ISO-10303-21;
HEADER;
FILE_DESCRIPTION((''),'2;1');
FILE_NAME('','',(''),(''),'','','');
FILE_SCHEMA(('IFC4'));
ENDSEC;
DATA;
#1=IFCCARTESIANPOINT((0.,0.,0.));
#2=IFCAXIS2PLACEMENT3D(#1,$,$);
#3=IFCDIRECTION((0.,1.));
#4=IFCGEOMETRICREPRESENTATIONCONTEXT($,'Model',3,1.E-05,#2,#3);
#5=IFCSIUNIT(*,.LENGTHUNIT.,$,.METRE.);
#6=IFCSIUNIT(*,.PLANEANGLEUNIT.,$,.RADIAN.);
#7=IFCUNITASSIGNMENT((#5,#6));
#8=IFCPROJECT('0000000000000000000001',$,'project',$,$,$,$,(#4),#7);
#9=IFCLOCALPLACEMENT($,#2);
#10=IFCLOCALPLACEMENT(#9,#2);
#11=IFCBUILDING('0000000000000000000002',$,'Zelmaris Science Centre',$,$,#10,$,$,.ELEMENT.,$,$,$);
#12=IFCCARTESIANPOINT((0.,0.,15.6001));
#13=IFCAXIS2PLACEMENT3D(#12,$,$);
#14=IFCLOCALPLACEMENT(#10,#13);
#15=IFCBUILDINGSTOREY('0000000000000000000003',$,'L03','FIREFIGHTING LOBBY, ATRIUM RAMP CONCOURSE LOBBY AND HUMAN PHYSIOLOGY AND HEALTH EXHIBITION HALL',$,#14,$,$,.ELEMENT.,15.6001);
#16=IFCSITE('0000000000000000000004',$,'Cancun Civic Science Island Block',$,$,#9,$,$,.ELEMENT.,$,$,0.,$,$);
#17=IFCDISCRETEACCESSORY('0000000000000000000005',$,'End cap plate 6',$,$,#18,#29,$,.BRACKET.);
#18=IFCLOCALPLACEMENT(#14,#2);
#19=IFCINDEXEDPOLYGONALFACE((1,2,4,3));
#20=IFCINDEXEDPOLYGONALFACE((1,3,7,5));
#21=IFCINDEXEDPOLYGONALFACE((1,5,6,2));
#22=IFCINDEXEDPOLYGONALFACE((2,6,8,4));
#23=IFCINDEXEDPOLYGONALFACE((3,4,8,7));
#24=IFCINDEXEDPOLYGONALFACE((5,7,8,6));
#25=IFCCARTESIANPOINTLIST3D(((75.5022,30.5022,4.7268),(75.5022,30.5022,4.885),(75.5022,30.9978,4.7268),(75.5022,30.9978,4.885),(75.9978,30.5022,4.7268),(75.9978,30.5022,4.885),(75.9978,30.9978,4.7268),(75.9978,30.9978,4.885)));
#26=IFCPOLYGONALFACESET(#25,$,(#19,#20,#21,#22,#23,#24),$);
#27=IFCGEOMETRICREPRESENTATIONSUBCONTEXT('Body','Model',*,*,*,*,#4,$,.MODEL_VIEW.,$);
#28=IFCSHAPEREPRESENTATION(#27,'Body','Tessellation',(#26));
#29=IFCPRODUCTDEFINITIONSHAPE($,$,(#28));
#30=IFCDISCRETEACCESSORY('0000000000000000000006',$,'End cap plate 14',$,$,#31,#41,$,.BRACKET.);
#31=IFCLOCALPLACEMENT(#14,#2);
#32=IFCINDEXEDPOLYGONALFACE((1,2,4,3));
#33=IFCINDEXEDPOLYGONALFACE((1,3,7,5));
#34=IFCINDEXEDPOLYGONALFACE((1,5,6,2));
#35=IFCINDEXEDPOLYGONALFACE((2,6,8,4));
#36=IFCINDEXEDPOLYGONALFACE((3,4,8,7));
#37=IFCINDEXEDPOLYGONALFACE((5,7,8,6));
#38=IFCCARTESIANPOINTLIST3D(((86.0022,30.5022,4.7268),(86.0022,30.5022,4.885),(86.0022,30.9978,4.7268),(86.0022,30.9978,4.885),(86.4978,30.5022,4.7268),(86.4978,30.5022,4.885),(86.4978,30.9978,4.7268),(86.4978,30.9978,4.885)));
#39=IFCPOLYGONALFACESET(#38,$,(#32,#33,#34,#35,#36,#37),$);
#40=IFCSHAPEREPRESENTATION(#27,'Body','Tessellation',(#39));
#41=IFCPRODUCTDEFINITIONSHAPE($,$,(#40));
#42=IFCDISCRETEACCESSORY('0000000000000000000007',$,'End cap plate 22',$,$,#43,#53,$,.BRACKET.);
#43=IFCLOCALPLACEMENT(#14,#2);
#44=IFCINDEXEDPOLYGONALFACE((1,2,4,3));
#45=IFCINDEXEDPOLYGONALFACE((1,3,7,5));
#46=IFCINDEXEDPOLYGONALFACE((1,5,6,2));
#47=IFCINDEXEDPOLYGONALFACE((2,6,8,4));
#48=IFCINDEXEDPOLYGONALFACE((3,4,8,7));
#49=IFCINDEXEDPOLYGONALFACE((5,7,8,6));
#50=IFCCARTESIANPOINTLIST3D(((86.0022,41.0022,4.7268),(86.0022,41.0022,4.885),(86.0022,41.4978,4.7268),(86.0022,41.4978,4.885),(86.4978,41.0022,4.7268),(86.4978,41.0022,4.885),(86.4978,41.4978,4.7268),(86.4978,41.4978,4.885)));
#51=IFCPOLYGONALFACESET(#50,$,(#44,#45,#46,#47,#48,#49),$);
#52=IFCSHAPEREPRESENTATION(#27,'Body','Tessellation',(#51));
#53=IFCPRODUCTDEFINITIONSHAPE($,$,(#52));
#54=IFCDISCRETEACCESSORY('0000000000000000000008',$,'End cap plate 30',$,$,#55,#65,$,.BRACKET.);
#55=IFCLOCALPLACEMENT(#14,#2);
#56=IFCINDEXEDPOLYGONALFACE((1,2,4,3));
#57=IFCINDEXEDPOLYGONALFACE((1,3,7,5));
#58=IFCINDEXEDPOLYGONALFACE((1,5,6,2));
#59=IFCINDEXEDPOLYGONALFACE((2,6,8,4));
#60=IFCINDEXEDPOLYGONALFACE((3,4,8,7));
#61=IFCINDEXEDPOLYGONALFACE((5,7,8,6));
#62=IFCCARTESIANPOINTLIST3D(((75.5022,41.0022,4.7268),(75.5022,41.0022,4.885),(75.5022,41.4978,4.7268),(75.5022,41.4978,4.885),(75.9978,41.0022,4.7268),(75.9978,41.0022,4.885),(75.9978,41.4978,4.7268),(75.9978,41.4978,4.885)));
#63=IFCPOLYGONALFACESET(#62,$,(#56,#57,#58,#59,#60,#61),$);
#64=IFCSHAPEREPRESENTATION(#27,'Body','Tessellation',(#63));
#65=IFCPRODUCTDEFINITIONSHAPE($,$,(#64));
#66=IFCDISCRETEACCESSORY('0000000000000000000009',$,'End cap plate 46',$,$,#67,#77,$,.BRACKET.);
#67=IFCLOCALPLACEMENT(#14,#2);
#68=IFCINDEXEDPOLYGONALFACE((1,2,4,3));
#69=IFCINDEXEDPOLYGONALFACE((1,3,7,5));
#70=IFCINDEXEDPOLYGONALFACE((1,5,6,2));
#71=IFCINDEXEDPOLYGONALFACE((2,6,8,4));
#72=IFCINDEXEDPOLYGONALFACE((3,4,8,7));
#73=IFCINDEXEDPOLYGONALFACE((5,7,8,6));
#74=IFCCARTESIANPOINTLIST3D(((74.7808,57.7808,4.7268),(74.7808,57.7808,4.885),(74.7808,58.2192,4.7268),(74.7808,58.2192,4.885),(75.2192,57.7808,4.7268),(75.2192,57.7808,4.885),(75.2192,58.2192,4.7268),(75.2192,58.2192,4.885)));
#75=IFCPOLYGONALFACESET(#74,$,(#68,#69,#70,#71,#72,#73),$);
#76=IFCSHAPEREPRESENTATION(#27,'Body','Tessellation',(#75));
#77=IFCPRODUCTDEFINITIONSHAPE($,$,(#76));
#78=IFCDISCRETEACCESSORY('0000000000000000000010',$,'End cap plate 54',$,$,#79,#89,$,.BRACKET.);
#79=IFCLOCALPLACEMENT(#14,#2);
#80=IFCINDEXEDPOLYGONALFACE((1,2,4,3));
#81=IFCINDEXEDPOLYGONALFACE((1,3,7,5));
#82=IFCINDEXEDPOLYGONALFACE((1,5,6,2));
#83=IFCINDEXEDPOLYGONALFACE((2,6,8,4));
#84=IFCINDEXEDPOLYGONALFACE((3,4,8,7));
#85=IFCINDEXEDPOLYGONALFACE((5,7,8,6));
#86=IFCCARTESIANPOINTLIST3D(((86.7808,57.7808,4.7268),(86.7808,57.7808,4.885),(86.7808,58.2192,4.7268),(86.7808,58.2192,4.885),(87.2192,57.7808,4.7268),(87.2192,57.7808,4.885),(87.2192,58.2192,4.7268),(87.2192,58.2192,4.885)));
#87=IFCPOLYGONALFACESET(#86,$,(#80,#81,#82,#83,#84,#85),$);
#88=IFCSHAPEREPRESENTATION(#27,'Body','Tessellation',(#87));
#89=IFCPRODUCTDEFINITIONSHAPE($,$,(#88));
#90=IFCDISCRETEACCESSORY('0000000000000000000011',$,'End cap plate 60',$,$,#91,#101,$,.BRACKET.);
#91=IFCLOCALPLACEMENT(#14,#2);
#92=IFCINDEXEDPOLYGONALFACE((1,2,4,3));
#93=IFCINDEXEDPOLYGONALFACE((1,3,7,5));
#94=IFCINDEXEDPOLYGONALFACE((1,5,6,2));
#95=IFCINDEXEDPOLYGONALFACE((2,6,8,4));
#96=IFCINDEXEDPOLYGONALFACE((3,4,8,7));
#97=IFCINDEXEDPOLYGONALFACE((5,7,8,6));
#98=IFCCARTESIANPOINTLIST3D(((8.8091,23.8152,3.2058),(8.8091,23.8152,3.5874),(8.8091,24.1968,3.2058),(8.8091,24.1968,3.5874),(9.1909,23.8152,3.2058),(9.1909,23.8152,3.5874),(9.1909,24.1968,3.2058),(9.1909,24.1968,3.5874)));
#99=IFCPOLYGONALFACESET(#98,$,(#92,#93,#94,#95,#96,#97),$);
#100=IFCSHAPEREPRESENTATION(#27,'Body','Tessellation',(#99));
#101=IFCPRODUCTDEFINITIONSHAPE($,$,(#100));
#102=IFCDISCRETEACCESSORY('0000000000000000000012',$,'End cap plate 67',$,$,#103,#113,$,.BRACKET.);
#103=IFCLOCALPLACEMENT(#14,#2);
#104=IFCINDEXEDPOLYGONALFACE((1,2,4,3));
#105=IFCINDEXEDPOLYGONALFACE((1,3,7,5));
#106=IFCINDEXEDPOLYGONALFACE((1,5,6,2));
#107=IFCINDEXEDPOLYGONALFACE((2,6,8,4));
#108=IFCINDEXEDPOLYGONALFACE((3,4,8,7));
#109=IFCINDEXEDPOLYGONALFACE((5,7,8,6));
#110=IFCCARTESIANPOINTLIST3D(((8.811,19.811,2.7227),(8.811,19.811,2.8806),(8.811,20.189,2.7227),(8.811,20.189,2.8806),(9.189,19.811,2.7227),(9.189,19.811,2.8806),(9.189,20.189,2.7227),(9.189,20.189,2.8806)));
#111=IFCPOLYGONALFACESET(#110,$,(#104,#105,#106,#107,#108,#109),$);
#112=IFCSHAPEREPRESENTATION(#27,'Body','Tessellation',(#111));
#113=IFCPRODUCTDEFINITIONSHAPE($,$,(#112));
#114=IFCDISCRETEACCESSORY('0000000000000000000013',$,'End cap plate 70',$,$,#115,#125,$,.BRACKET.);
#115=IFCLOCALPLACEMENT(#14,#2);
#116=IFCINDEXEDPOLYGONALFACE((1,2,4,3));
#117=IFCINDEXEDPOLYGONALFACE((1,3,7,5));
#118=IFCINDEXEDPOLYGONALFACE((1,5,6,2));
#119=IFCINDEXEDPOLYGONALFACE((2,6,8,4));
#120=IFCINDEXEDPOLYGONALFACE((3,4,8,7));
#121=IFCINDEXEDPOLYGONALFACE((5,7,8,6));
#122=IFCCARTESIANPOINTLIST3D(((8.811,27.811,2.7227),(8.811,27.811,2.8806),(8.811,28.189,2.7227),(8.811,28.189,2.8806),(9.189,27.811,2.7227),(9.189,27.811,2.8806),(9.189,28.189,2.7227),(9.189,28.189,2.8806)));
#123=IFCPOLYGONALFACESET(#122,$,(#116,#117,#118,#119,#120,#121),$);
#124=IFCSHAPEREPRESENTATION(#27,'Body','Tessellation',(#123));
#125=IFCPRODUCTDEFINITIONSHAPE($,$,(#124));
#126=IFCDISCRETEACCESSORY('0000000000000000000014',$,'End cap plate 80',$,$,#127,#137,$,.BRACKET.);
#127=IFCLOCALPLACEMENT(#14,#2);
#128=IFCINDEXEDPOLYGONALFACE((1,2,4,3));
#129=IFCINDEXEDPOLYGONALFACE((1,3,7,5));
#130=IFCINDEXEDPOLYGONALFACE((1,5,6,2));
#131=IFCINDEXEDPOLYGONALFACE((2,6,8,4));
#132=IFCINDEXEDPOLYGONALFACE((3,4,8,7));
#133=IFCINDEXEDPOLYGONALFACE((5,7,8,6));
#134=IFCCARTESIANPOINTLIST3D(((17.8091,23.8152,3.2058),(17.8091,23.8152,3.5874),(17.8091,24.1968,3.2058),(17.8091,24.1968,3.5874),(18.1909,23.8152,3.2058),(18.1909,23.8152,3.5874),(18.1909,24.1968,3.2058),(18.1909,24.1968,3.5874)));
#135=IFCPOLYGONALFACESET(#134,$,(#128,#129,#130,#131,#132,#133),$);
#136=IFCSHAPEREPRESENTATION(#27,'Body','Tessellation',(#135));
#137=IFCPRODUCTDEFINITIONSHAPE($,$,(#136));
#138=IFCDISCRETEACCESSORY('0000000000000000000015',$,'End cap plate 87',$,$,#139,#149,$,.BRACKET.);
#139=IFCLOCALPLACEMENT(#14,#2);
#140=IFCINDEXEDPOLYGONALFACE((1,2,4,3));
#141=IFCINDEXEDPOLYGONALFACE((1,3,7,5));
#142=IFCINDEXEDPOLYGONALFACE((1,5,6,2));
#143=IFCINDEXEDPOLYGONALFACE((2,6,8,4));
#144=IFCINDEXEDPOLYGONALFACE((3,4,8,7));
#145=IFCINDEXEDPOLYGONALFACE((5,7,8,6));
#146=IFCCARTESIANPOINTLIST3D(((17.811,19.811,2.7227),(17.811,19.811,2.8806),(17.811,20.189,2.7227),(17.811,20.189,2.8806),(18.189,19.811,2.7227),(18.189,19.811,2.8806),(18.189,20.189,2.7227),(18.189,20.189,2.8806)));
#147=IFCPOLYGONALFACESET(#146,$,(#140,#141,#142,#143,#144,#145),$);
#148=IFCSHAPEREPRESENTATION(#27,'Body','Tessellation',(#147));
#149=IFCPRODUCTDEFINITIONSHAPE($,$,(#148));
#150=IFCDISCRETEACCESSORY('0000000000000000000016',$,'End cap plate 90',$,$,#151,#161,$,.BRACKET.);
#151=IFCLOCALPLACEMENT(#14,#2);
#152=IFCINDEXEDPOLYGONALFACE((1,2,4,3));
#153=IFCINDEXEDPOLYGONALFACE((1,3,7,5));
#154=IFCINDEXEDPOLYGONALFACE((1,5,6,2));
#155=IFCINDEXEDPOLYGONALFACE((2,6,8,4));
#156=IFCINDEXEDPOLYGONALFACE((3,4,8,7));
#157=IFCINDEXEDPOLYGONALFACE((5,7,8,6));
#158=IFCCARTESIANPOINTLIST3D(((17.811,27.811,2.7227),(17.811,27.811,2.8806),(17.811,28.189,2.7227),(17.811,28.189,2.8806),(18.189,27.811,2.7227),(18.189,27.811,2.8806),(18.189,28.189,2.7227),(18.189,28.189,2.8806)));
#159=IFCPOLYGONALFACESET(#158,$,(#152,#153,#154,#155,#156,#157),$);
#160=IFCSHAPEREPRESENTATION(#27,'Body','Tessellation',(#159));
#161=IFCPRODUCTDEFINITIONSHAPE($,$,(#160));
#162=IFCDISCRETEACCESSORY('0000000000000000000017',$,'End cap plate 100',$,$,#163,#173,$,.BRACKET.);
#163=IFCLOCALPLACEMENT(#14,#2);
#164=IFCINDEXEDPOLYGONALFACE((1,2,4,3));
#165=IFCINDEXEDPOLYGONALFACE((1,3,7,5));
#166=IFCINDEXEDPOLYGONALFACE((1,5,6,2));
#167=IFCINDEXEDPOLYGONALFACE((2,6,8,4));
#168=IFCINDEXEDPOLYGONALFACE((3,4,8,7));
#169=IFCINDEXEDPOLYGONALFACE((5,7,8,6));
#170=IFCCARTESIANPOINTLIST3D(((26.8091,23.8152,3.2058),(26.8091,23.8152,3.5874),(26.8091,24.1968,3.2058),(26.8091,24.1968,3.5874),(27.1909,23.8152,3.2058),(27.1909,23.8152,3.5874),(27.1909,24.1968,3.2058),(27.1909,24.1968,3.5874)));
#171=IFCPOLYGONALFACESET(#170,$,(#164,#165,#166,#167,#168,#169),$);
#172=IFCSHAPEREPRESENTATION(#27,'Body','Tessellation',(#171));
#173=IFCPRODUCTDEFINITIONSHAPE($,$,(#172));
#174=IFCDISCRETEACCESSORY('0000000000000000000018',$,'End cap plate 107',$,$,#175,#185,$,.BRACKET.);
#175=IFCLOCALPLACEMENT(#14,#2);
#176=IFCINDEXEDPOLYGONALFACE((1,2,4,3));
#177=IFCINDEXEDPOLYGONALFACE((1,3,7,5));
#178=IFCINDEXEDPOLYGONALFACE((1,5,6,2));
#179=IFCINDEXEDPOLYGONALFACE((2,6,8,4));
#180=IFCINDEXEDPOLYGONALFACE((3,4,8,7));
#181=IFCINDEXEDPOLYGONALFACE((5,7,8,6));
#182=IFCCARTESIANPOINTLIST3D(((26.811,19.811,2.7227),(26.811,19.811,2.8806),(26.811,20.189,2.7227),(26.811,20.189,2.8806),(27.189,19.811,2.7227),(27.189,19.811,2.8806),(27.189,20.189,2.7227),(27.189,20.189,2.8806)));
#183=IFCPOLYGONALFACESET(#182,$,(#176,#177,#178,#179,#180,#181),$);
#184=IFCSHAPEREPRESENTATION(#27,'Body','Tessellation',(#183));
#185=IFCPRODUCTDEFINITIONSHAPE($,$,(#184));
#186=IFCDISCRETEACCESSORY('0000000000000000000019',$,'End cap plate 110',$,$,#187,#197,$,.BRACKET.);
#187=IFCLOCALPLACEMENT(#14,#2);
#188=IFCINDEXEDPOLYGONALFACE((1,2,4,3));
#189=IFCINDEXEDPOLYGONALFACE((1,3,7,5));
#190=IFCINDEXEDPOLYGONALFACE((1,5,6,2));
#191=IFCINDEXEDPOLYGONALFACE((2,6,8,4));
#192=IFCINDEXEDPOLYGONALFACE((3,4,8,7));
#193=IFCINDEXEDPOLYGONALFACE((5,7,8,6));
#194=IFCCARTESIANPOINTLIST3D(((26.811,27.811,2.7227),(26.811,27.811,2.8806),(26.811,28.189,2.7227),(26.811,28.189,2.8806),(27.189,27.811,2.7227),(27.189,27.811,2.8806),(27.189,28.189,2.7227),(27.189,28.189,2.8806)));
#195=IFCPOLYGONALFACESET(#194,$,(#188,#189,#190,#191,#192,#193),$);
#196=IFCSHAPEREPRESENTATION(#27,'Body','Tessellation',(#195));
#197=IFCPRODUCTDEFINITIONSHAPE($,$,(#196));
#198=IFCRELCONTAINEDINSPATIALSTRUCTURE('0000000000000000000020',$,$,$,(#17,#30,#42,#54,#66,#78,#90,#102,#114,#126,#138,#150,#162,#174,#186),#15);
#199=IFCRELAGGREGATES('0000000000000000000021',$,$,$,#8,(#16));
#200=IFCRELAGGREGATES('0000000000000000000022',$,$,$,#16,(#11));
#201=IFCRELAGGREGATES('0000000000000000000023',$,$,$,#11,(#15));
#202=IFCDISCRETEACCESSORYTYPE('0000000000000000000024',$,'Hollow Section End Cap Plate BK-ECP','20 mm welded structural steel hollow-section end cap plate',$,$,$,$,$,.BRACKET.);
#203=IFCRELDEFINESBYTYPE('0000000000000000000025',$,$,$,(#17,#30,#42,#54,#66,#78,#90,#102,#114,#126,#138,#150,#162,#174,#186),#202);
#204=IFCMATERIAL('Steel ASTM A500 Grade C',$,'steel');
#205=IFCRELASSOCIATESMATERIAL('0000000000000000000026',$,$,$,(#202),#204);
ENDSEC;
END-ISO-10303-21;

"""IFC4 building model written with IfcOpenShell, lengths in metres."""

from ifc_helpers import new_model, si_unit, direction, frame, origin, place, context, subcontext, project, spatial, polyline, outline, extrude, material, type_object, element, save


model = new_model("IFC4")

# Units and contexts
model_context = context("Model", 3, precision=1e-05, world=origin(), true_north=direction((0.0, 1.0)))
body_context = subcontext(model_context, "Body", "Model", "MODEL_VIEW")
ifc_project = project(units=[si_unit("LENGTHUNIT", "METRE"), si_unit("PLANEANGLEUNIT", "RADIAN")], contexts=[model_context])

# Site, building, storey
site_placement = place(None, origin())
site = spatial("IfcSite", under=ifc_project, at=site_placement, Name="Cancun Civic Science Island Block", CompositionType="ELEMENT", RefElevation=0.0)
building_placement = place(site_placement, origin())
building = spatial("IfcBuilding", under=site, at=building_placement, Name="Zelmaris Science Centre", CompositionType="ELEMENT")
storey_placement = place(building_placement, frame((0.0, 0.0, 15.6001)))
storey = spatial("IfcBuildingStorey", under=building, at=storey_placement, Name="L03", Description="FIREFIGHTING LOBBY, ATRIUM RAMP CONCOURSE LOBBY AND HUMAN PHYSIOLOGY AND HEALTH EXHIBITION HALL", CompositionType="ELEMENT", Elevation=15.6001)

# Discrete accessories
ifc_material = material(Name="Steel ASTM A500 Grade C", Category="steel")
discrete_accessory_type = type_object("IfcDiscreteAccessoryType", Name="Hollow Section End Cap Plate BK-ECP", Description="20 mm welded structural steel hollow-section end cap plate", PredefinedType="BRACKET", material=ifc_material)
discrete_accessory_1_placement = place(storey_placement, frame((0.0, 0.0, 4.7268)))
element("IfcDiscreteAccessory", 1, at=discrete_accessory_1_placement, inside=storey, type_object=discrete_accessory_type, Name="End cap plate 6", PredefinedType="BRACKET", context=body_context, shape_type="SweptSolid", body=[
    extrude(outline(polyline([(75.5022, 30.5022), (75.9978, 30.5022), (75.9978, 30.9978), (75.5022, 30.9978), (75.5022, 30.5022)])), origin(), (0.0, 0.0, 1.0), 0.1582),
])
discrete_accessory_2_placement = place(storey_placement, frame((0.0, 0.0, 4.7268)))
element("IfcDiscreteAccessory", 2, at=discrete_accessory_2_placement, inside=storey, type_object=discrete_accessory_type, Name="End cap plate 14", PredefinedType="BRACKET", context=body_context, shape_type="SweptSolid", body=[
    extrude(outline(polyline([(86.0022, 30.5022), (86.4978, 30.5022), (86.4978, 30.9978), (86.0022, 30.9978), (86.0022, 30.5022)])), origin(), (0.0, 0.0, 1.0), 0.1582),
])
discrete_accessory_3_placement = place(storey_placement, frame((0.0, 0.0, 4.7268)))
element("IfcDiscreteAccessory", 3, at=discrete_accessory_3_placement, inside=storey, type_object=discrete_accessory_type, Name="End cap plate 22", PredefinedType="BRACKET", context=body_context, shape_type="SweptSolid", body=[
    extrude(outline(polyline([(86.0022, 41.0022), (86.4978, 41.0022), (86.4978, 41.4978), (86.0022, 41.4978), (86.0022, 41.0022)])), origin(), (0.0, 0.0, 1.0), 0.1582),
])
discrete_accessory_4_placement = place(storey_placement, frame((0.0, 0.0, 4.7268)))
element("IfcDiscreteAccessory", 4, at=discrete_accessory_4_placement, inside=storey, type_object=discrete_accessory_type, Name="End cap plate 30", PredefinedType="BRACKET", context=body_context, shape_type="SweptSolid", body=[
    extrude(outline(polyline([(75.5022, 41.0022), (75.9978, 41.0022), (75.9978, 41.4978), (75.5022, 41.4978), (75.5022, 41.0022)])), origin(), (0.0, 0.0, 1.0), 0.1582),
])
discrete_accessory_5_placement = place(storey_placement, frame((0.0, 0.0, 4.7268)))
element("IfcDiscreteAccessory", 5, at=discrete_accessory_5_placement, inside=storey, type_object=discrete_accessory_type, Name="End cap plate 46", PredefinedType="BRACKET", context=body_context, shape_type="SweptSolid", body=[
    extrude(outline(polyline([(74.7808, 57.7808), (75.2192, 57.7808), (75.2192, 58.2192), (74.7808, 58.2192), (74.7808, 57.7808)])), origin(), (0.0, 0.0, 1.0), 0.1582),
])
discrete_accessory_6_placement = place(storey_placement, frame((0.0, 0.0, 4.7268)))
element("IfcDiscreteAccessory", 6, at=discrete_accessory_6_placement, inside=storey, type_object=discrete_accessory_type, Name="End cap plate 54", PredefinedType="BRACKET", context=body_context, shape_type="SweptSolid", body=[
    extrude(outline(polyline([(86.7808, 57.7808), (87.2192, 57.7808), (87.2192, 58.2192), (86.7808, 58.2192), (86.7808, 57.7808)])), origin(), (0.0, 0.0, 1.0), 0.1582),
])
discrete_accessory_7_placement = place(storey_placement, frame((0.0, 0.0, 3.2058)))
element("IfcDiscreteAccessory", 7, at=discrete_accessory_7_placement, inside=storey, type_object=discrete_accessory_type, Name="End cap plate 60", PredefinedType="BRACKET", context=body_context, shape_type="SweptSolid", body=[
    extrude(outline(polyline([(8.8091, 23.8152), (9.1909, 23.8152), (9.1909, 24.1968), (8.8091, 24.1968), (8.8091, 23.8152)])), origin(), (0.0, 0.0, 1.0), 0.3816),
])
discrete_accessory_8_placement = place(storey_placement, frame((0.0, 0.0, 2.7227)))
element("IfcDiscreteAccessory", 8, at=discrete_accessory_8_placement, inside=storey, type_object=discrete_accessory_type, Name="End cap plate 67", PredefinedType="BRACKET", context=body_context, shape_type="SweptSolid", body=[
    extrude(outline(polyline([(8.811, 19.811), (9.189, 19.811), (9.189, 20.189), (8.811, 20.189), (8.811, 19.811)])), origin(), (0.0, 0.0, 1.0), 0.158),
])
discrete_accessory_9_placement = place(storey_placement, frame((0.0, 0.0, 2.7227)))
element("IfcDiscreteAccessory", 9, at=discrete_accessory_9_placement, inside=storey, type_object=discrete_accessory_type, Name="End cap plate 70", PredefinedType="BRACKET", context=body_context, shape_type="SweptSolid", body=[
    extrude(outline(polyline([(8.811, 27.811), (9.189, 27.811), (9.189, 28.189), (8.811, 28.189), (8.811, 27.811)])), origin(), (0.0, 0.0, 1.0), 0.158),
])
discrete_accessory_10_placement = place(storey_placement, frame((0.0, 0.0, 3.2058)))
element("IfcDiscreteAccessory", 10, at=discrete_accessory_10_placement, inside=storey, type_object=discrete_accessory_type, Name="End cap plate 80", PredefinedType="BRACKET", context=body_context, shape_type="SweptSolid", body=[
    extrude(outline(polyline([(17.8091, 23.8152), (18.1909, 23.8152), (18.1909, 24.1968), (17.8091, 24.1968), (17.8091, 23.8152)])), origin(), (0.0, 0.0, 1.0), 0.3816),
])
discrete_accessory_11_placement = place(storey_placement, frame((0.0, 0.0, 2.7227)))
element("IfcDiscreteAccessory", 11, at=discrete_accessory_11_placement, inside=storey, type_object=discrete_accessory_type, Name="End cap plate 87", PredefinedType="BRACKET", context=body_context, shape_type="SweptSolid", body=[
    extrude(outline(polyline([(17.811, 19.811), (18.189, 19.811), (18.189, 20.189), (17.811, 20.189), (17.811, 19.811)])), origin(), (0.0, 0.0, 1.0), 0.158),
])
discrete_accessory_12_placement = place(storey_placement, frame((0.0, 0.0, 2.7227)))
element("IfcDiscreteAccessory", 12, at=discrete_accessory_12_placement, inside=storey, type_object=discrete_accessory_type, Name="End cap plate 90", PredefinedType="BRACKET", context=body_context, shape_type="SweptSolid", body=[
    extrude(outline(polyline([(17.811, 27.811), (18.189, 27.811), (18.189, 28.189), (17.811, 28.189), (17.811, 27.811)])), origin(), (0.0, 0.0, 1.0), 0.158),
])
discrete_accessory_13_placement = place(storey_placement, frame((0.0, 0.0, 3.2058)))
element("IfcDiscreteAccessory", 13, at=discrete_accessory_13_placement, inside=storey, type_object=discrete_accessory_type, Name="End cap plate 100", PredefinedType="BRACKET", context=body_context, shape_type="SweptSolid", body=[
    extrude(outline(polyline([(26.8091, 23.8152), (27.1909, 23.8152), (27.1909, 24.1968), (26.8091, 24.1968), (26.8091, 23.8152)])), origin(), (0.0, 0.0, 1.0), 0.3816),
])
discrete_accessory_14_placement = place(storey_placement, frame((0.0, 0.0, 2.7227)))
element("IfcDiscreteAccessory", 14, at=discrete_accessory_14_placement, inside=storey, type_object=discrete_accessory_type, Name="End cap plate 107", PredefinedType="BRACKET", context=body_context, shape_type="SweptSolid", body=[
    extrude(outline(polyline([(26.811, 19.811), (27.189, 19.811), (27.189, 20.189), (26.811, 20.189), (26.811, 19.811)])), origin(), (0.0, 0.0, 1.0), 0.158),
])
discrete_accessory_15_placement = place(storey_placement, frame((0.0, 0.0, 2.7227)))
element("IfcDiscreteAccessory", 15, at=discrete_accessory_15_placement, inside=storey, type_object=discrete_accessory_type, Name="End cap plate 110", PredefinedType="BRACKET", context=body_context, shape_type="SweptSolid", body=[
    extrude(outline(polyline([(26.811, 27.811), (27.189, 27.811), (27.189, 28.189), (26.811, 28.189), (26.811, 27.811)])), origin(), (0.0, 0.0, 1.0), 0.158),
])

save(model, "model.ifc")
